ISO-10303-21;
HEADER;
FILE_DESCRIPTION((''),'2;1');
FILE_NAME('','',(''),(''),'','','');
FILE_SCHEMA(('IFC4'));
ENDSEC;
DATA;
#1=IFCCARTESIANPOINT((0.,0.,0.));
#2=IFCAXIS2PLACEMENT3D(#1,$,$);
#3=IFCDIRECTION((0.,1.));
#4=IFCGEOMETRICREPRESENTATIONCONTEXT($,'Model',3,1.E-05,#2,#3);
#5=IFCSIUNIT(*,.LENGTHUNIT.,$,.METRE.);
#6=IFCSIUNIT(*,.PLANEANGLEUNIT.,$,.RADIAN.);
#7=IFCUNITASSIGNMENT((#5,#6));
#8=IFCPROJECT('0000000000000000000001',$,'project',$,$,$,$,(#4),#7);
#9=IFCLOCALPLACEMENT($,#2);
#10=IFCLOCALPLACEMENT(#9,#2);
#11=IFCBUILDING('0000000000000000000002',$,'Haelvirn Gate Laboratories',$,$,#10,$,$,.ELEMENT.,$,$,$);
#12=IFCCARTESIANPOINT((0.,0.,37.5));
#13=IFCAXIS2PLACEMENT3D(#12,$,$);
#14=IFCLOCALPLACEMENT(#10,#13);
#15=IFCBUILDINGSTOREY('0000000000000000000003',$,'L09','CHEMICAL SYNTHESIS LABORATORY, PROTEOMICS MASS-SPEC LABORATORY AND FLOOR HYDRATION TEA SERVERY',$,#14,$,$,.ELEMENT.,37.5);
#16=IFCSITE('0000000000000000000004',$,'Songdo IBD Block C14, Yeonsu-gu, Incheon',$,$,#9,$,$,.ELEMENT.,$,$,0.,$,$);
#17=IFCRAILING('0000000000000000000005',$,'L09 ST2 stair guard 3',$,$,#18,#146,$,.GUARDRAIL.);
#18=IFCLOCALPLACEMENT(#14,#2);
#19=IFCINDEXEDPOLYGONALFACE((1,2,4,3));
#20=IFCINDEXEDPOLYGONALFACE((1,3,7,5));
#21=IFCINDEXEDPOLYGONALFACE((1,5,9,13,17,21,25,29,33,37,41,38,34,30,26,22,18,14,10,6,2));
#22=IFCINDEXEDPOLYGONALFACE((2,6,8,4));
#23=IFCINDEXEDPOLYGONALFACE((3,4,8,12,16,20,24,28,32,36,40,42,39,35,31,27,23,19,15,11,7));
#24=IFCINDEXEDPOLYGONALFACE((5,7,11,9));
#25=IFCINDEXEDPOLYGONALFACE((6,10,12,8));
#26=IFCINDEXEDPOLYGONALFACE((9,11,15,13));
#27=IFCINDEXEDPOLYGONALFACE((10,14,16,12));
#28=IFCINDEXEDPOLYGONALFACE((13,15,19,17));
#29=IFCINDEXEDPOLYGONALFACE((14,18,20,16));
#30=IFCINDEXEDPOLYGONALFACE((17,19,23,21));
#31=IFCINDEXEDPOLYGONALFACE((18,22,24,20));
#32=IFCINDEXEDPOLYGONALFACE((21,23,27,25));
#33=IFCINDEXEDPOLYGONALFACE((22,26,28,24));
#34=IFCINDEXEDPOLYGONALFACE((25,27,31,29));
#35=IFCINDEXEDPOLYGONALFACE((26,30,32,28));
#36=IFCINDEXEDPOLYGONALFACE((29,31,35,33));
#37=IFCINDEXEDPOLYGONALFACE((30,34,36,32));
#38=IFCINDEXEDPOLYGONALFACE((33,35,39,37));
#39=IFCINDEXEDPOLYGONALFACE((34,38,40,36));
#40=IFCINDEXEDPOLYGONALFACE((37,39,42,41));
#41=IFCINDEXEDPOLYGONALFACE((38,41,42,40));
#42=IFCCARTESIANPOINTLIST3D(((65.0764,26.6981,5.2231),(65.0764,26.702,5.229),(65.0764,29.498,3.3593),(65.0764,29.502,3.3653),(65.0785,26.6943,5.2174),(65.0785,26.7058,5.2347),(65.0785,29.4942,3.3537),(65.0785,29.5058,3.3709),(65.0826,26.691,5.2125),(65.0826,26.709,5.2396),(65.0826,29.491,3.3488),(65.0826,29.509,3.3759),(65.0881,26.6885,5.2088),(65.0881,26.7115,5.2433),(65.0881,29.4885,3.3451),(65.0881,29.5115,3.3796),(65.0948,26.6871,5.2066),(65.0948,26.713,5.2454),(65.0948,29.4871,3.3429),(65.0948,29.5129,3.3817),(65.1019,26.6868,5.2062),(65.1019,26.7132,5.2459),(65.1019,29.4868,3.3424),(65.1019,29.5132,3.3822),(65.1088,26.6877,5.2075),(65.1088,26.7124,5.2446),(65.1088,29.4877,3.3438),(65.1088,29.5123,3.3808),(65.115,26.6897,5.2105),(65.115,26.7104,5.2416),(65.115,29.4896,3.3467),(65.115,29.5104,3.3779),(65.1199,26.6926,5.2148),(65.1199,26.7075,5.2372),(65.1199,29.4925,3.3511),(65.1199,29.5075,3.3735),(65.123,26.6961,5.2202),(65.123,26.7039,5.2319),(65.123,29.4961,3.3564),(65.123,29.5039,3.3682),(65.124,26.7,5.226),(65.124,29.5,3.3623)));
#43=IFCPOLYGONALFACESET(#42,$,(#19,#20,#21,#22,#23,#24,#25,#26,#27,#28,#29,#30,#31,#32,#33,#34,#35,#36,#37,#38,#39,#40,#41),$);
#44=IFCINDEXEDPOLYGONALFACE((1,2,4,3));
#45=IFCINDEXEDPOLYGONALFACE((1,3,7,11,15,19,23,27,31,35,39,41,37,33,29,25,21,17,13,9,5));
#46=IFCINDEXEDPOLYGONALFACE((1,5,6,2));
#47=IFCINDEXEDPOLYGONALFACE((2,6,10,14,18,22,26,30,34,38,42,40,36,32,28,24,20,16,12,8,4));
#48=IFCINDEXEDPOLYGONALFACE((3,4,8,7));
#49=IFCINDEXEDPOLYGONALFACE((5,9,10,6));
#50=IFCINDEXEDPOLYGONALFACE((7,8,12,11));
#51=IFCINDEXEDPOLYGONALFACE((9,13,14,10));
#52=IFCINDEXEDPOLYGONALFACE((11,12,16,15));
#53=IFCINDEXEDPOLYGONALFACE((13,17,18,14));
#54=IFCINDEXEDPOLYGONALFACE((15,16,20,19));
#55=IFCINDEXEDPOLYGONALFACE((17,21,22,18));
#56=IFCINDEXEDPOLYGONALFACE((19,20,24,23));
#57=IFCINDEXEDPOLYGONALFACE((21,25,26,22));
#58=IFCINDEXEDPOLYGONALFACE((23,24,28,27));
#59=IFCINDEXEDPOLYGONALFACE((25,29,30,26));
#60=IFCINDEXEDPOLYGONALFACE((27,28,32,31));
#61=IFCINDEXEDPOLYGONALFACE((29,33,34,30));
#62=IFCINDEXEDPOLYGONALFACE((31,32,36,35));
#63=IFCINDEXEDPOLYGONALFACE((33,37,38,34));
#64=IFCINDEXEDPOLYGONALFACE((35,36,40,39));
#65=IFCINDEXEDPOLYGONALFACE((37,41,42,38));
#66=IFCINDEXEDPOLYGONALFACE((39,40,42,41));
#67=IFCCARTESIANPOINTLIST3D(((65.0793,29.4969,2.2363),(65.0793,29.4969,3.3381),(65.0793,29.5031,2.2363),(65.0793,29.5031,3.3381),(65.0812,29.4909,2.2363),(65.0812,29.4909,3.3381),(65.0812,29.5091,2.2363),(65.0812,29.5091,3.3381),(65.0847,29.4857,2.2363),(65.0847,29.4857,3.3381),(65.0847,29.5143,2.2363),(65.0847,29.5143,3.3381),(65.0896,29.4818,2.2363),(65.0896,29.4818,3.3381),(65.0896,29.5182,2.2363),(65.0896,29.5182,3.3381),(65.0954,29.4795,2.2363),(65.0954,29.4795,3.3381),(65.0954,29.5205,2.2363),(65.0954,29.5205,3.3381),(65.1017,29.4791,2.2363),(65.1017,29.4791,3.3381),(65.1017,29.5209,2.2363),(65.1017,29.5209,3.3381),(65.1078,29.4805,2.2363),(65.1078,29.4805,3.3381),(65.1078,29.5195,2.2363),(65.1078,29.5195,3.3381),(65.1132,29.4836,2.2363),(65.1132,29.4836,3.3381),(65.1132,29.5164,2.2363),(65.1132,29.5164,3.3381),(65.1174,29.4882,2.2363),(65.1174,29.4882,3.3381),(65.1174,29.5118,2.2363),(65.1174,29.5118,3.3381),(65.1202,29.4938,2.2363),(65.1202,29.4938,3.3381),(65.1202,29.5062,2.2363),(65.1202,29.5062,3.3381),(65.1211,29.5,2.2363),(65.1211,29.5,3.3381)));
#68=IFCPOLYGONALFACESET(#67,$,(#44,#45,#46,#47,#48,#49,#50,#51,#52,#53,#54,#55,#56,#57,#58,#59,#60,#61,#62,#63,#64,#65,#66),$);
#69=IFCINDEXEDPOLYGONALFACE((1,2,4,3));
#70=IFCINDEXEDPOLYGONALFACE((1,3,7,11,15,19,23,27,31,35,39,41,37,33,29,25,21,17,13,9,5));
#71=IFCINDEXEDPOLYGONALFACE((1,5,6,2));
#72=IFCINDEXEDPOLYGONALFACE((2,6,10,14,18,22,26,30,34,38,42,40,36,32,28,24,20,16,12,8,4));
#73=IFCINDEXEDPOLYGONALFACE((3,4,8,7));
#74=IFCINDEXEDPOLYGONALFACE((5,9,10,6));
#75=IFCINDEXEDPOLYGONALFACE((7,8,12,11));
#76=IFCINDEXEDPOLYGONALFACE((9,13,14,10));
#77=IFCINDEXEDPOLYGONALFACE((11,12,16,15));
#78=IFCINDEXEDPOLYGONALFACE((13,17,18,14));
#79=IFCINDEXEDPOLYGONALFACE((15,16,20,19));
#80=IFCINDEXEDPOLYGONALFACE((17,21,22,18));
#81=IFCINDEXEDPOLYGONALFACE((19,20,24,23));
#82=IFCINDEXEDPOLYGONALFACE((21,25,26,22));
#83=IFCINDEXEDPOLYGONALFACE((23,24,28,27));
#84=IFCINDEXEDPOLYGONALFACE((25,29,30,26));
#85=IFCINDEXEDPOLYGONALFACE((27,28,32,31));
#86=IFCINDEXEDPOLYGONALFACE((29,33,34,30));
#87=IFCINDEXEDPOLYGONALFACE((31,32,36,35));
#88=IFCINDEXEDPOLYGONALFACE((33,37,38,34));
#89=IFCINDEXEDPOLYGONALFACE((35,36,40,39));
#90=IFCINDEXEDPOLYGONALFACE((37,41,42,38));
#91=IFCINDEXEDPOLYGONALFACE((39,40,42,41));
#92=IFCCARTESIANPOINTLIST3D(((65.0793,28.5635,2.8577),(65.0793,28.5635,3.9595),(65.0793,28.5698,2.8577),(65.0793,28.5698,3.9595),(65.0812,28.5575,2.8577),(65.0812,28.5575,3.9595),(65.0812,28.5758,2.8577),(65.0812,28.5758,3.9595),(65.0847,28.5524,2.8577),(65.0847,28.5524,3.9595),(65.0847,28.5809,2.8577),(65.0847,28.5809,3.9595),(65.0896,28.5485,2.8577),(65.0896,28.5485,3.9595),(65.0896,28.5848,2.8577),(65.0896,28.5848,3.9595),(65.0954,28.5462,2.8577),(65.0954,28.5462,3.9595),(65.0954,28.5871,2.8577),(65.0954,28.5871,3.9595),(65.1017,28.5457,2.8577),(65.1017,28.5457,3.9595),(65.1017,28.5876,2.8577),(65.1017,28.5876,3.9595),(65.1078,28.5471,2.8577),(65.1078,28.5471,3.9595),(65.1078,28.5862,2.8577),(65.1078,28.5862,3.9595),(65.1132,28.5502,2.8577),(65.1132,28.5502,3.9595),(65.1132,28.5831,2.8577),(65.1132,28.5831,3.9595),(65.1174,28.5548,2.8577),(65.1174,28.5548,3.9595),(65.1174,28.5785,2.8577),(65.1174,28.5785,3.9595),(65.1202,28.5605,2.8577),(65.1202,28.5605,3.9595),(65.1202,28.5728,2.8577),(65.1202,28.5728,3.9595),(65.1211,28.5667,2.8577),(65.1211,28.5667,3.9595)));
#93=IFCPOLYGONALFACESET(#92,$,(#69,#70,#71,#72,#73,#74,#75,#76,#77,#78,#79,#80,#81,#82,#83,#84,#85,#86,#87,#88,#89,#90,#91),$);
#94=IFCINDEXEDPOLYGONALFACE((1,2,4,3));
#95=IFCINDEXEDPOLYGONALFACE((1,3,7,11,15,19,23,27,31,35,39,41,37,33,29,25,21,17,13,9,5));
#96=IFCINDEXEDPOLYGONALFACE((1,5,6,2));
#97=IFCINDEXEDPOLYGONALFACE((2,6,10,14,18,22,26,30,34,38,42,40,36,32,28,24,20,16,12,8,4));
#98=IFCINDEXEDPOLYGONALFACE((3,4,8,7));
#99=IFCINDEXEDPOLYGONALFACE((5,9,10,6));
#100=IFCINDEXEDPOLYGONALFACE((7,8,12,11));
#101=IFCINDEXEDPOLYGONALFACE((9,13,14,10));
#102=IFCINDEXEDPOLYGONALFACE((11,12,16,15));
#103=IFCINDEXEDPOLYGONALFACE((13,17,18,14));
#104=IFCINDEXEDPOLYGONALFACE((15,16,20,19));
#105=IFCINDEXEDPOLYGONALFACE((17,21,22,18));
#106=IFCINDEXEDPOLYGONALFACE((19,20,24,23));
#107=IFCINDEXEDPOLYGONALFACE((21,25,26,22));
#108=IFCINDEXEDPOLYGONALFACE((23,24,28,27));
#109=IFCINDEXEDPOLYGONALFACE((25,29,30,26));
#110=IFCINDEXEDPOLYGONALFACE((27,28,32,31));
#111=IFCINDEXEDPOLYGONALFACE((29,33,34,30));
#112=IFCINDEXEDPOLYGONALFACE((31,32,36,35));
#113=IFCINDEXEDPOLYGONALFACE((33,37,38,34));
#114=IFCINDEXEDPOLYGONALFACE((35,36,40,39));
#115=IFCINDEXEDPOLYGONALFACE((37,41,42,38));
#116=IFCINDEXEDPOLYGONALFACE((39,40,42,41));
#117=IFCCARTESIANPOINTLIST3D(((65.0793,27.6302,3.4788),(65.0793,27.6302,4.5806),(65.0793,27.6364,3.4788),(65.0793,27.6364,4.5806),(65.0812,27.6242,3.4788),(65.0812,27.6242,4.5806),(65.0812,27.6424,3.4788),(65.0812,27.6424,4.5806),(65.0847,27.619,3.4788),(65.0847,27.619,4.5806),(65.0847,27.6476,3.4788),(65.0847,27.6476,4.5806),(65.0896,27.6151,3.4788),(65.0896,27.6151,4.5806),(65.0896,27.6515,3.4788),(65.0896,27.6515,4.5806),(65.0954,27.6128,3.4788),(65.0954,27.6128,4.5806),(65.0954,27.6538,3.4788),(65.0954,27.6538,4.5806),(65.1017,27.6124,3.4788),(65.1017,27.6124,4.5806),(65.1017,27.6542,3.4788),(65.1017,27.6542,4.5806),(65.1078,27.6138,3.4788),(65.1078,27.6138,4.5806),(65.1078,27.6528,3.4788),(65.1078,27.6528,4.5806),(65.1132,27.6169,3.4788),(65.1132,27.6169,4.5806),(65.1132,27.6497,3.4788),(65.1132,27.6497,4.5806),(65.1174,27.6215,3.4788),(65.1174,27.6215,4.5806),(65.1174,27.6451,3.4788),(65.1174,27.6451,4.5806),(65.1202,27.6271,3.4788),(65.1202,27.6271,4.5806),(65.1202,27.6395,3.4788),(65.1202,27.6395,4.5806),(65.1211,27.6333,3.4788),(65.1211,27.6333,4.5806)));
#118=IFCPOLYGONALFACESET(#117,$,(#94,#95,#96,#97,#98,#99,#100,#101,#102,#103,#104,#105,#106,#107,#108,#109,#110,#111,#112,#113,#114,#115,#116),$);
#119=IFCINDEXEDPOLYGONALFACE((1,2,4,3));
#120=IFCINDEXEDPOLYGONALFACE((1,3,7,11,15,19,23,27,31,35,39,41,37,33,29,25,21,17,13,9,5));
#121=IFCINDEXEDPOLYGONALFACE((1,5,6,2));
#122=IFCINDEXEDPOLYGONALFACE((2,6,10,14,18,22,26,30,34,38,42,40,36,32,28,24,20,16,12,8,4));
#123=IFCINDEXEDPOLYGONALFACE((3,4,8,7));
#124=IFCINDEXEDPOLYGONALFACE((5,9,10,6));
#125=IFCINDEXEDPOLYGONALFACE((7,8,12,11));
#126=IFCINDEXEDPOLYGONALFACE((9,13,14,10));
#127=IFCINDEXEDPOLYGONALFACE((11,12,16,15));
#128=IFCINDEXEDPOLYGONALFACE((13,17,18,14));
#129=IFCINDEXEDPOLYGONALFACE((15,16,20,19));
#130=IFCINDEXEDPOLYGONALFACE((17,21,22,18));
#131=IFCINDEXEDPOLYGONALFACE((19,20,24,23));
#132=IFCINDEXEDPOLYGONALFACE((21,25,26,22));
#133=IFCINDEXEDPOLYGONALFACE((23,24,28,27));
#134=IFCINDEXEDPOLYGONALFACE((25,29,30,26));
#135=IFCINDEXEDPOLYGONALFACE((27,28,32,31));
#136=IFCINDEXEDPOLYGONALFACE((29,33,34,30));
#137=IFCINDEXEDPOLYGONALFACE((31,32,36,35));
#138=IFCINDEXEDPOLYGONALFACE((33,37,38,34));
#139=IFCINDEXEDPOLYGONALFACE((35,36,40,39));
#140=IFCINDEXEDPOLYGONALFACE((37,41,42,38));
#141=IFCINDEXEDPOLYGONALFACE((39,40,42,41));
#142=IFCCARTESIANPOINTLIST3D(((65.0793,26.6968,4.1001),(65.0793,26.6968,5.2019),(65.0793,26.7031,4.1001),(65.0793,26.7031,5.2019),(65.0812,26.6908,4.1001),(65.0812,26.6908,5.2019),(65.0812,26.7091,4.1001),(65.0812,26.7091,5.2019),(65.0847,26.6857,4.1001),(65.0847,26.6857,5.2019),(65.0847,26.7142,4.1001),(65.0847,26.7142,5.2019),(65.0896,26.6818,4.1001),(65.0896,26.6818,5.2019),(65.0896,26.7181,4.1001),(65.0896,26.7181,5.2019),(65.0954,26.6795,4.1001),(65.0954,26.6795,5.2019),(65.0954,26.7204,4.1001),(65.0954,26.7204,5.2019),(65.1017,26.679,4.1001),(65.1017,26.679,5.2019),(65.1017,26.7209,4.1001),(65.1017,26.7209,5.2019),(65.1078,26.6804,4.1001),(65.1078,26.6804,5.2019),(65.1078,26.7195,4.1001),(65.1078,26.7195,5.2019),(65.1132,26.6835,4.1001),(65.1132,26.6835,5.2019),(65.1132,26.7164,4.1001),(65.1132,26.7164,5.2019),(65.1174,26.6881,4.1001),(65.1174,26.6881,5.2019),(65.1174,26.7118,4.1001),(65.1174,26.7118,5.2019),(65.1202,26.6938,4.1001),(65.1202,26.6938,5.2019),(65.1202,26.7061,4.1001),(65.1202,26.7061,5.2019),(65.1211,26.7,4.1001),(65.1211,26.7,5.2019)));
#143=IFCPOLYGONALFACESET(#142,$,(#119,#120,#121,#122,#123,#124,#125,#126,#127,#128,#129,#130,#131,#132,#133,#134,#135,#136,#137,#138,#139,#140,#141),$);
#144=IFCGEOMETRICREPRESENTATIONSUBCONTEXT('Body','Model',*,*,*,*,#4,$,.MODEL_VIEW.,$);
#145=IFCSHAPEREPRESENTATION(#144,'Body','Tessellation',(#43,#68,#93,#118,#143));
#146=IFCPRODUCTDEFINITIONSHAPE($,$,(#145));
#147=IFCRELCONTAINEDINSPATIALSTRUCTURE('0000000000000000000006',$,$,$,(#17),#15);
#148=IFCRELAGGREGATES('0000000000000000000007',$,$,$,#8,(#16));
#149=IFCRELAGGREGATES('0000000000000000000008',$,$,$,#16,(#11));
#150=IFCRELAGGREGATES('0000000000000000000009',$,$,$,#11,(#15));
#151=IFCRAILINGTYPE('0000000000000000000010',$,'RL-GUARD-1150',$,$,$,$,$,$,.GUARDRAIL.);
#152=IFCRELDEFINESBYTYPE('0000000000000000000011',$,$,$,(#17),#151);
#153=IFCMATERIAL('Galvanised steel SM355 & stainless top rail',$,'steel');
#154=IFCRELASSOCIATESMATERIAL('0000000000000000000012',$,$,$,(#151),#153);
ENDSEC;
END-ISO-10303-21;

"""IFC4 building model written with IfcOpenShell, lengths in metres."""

from ifc_helpers import new_model, si_unit, direction, frame, origin, origin_2d, place, context, subcontext, project, spatial, circle, extrude, source, transform, mapped, material, type_object, element, save


model = new_model("IFC4")

# Units and contexts
model_context = context("Model", 3, precision=1e-05, world=origin(), true_north=direction((0.0, 1.0)))
body_context = subcontext(model_context, "Body", "Model", "MODEL_VIEW")
ifc_project = project(units=[si_unit("LENGTHUNIT", "METRE"), si_unit("PLANEANGLEUNIT", "RADIAN")], contexts=[model_context])

# Site, building, storey
site_placement = place(None, origin())
site = spatial("IfcSite", under=ifc_project, at=site_placement, Name="Songdo IBD Block C14, Yeonsu-gu, Incheon", CompositionType="ELEMENT", RefElevation=0.0)
building_placement = place(site_placement, origin())
building = spatial("IfcBuilding", under=site, at=building_placement, Name="Haelvirn Gate Laboratories", CompositionType="ELEMENT")
storey_placement = place(building_placement, frame((0.0, 0.0, 37.5)))
storey = spatial("IfcBuildingStorey", under=building, at=storey_placement, Name="L09", Description="CHEMICAL SYNTHESIS LABORATORY, PROTEOMICS MASS-SPEC LABORATORY AND FLOOR HYDRATION TEA SERVERY", CompositionType="ELEMENT", Elevation=37.5)

# Railing
ifc_material_1 = material(Name="Galvanised steel SM355 & stainless top rail", Category="steel")
railing_type_1 = type_object("IfcRailingType", Name="RL-GUARD-1150", PredefinedType="GUARDRAIL", material=ifc_material_1)
shared_shape_1 = source(origin(), body_context, "Body", "SweptSolid", [
    extrude(circle(Radius=0.0239, at=origin_2d()), frame((0.0, 0.0, 1.126), z_axis=(0.0, -0.832452, 0.554097), x_axis=(1.0, 0.0, 0.0)), (0.0, 0.0, 1.0), 3.3635),
    extrude(circle(Radius=0.021, at=origin_2d()), origin(), (0.0, 0.0, 1.0), 1.1018),
    extrude(circle(Radius=0.021, at=origin_2d()), frame((0.0, -0.9333, 0.6213)), (0.0, 0.0, 1.0), 1.1018),
    extrude(circle(Radius=0.021, at=origin_2d()), frame((0.0, -1.8667, 1.2424)), (0.0, 0.0, 1.0), 1.1018),
    extrude(circle(Radius=0.021, at=origin_2d()), frame((0.0, -2.8, 1.8638)), (0.0, 0.0, 1.0), 1.1018),
])
railing_1_placement = place(storey_placement, frame((65.1001, 29.5, 2.2363)))
element("IfcRailing", 1, at=railing_1_placement, inside=storey, type_object=railing_type_1, Name="L09 ST2 stair guard 3", PredefinedType="GUARDRAIL", context=body_context, shape_type="MappedRepresentation", body=[
    mapped(shared_shape_1, transform((0.0, 0.0, 0.0), scale=1.0)),
])

save(model, "model.ifc")
